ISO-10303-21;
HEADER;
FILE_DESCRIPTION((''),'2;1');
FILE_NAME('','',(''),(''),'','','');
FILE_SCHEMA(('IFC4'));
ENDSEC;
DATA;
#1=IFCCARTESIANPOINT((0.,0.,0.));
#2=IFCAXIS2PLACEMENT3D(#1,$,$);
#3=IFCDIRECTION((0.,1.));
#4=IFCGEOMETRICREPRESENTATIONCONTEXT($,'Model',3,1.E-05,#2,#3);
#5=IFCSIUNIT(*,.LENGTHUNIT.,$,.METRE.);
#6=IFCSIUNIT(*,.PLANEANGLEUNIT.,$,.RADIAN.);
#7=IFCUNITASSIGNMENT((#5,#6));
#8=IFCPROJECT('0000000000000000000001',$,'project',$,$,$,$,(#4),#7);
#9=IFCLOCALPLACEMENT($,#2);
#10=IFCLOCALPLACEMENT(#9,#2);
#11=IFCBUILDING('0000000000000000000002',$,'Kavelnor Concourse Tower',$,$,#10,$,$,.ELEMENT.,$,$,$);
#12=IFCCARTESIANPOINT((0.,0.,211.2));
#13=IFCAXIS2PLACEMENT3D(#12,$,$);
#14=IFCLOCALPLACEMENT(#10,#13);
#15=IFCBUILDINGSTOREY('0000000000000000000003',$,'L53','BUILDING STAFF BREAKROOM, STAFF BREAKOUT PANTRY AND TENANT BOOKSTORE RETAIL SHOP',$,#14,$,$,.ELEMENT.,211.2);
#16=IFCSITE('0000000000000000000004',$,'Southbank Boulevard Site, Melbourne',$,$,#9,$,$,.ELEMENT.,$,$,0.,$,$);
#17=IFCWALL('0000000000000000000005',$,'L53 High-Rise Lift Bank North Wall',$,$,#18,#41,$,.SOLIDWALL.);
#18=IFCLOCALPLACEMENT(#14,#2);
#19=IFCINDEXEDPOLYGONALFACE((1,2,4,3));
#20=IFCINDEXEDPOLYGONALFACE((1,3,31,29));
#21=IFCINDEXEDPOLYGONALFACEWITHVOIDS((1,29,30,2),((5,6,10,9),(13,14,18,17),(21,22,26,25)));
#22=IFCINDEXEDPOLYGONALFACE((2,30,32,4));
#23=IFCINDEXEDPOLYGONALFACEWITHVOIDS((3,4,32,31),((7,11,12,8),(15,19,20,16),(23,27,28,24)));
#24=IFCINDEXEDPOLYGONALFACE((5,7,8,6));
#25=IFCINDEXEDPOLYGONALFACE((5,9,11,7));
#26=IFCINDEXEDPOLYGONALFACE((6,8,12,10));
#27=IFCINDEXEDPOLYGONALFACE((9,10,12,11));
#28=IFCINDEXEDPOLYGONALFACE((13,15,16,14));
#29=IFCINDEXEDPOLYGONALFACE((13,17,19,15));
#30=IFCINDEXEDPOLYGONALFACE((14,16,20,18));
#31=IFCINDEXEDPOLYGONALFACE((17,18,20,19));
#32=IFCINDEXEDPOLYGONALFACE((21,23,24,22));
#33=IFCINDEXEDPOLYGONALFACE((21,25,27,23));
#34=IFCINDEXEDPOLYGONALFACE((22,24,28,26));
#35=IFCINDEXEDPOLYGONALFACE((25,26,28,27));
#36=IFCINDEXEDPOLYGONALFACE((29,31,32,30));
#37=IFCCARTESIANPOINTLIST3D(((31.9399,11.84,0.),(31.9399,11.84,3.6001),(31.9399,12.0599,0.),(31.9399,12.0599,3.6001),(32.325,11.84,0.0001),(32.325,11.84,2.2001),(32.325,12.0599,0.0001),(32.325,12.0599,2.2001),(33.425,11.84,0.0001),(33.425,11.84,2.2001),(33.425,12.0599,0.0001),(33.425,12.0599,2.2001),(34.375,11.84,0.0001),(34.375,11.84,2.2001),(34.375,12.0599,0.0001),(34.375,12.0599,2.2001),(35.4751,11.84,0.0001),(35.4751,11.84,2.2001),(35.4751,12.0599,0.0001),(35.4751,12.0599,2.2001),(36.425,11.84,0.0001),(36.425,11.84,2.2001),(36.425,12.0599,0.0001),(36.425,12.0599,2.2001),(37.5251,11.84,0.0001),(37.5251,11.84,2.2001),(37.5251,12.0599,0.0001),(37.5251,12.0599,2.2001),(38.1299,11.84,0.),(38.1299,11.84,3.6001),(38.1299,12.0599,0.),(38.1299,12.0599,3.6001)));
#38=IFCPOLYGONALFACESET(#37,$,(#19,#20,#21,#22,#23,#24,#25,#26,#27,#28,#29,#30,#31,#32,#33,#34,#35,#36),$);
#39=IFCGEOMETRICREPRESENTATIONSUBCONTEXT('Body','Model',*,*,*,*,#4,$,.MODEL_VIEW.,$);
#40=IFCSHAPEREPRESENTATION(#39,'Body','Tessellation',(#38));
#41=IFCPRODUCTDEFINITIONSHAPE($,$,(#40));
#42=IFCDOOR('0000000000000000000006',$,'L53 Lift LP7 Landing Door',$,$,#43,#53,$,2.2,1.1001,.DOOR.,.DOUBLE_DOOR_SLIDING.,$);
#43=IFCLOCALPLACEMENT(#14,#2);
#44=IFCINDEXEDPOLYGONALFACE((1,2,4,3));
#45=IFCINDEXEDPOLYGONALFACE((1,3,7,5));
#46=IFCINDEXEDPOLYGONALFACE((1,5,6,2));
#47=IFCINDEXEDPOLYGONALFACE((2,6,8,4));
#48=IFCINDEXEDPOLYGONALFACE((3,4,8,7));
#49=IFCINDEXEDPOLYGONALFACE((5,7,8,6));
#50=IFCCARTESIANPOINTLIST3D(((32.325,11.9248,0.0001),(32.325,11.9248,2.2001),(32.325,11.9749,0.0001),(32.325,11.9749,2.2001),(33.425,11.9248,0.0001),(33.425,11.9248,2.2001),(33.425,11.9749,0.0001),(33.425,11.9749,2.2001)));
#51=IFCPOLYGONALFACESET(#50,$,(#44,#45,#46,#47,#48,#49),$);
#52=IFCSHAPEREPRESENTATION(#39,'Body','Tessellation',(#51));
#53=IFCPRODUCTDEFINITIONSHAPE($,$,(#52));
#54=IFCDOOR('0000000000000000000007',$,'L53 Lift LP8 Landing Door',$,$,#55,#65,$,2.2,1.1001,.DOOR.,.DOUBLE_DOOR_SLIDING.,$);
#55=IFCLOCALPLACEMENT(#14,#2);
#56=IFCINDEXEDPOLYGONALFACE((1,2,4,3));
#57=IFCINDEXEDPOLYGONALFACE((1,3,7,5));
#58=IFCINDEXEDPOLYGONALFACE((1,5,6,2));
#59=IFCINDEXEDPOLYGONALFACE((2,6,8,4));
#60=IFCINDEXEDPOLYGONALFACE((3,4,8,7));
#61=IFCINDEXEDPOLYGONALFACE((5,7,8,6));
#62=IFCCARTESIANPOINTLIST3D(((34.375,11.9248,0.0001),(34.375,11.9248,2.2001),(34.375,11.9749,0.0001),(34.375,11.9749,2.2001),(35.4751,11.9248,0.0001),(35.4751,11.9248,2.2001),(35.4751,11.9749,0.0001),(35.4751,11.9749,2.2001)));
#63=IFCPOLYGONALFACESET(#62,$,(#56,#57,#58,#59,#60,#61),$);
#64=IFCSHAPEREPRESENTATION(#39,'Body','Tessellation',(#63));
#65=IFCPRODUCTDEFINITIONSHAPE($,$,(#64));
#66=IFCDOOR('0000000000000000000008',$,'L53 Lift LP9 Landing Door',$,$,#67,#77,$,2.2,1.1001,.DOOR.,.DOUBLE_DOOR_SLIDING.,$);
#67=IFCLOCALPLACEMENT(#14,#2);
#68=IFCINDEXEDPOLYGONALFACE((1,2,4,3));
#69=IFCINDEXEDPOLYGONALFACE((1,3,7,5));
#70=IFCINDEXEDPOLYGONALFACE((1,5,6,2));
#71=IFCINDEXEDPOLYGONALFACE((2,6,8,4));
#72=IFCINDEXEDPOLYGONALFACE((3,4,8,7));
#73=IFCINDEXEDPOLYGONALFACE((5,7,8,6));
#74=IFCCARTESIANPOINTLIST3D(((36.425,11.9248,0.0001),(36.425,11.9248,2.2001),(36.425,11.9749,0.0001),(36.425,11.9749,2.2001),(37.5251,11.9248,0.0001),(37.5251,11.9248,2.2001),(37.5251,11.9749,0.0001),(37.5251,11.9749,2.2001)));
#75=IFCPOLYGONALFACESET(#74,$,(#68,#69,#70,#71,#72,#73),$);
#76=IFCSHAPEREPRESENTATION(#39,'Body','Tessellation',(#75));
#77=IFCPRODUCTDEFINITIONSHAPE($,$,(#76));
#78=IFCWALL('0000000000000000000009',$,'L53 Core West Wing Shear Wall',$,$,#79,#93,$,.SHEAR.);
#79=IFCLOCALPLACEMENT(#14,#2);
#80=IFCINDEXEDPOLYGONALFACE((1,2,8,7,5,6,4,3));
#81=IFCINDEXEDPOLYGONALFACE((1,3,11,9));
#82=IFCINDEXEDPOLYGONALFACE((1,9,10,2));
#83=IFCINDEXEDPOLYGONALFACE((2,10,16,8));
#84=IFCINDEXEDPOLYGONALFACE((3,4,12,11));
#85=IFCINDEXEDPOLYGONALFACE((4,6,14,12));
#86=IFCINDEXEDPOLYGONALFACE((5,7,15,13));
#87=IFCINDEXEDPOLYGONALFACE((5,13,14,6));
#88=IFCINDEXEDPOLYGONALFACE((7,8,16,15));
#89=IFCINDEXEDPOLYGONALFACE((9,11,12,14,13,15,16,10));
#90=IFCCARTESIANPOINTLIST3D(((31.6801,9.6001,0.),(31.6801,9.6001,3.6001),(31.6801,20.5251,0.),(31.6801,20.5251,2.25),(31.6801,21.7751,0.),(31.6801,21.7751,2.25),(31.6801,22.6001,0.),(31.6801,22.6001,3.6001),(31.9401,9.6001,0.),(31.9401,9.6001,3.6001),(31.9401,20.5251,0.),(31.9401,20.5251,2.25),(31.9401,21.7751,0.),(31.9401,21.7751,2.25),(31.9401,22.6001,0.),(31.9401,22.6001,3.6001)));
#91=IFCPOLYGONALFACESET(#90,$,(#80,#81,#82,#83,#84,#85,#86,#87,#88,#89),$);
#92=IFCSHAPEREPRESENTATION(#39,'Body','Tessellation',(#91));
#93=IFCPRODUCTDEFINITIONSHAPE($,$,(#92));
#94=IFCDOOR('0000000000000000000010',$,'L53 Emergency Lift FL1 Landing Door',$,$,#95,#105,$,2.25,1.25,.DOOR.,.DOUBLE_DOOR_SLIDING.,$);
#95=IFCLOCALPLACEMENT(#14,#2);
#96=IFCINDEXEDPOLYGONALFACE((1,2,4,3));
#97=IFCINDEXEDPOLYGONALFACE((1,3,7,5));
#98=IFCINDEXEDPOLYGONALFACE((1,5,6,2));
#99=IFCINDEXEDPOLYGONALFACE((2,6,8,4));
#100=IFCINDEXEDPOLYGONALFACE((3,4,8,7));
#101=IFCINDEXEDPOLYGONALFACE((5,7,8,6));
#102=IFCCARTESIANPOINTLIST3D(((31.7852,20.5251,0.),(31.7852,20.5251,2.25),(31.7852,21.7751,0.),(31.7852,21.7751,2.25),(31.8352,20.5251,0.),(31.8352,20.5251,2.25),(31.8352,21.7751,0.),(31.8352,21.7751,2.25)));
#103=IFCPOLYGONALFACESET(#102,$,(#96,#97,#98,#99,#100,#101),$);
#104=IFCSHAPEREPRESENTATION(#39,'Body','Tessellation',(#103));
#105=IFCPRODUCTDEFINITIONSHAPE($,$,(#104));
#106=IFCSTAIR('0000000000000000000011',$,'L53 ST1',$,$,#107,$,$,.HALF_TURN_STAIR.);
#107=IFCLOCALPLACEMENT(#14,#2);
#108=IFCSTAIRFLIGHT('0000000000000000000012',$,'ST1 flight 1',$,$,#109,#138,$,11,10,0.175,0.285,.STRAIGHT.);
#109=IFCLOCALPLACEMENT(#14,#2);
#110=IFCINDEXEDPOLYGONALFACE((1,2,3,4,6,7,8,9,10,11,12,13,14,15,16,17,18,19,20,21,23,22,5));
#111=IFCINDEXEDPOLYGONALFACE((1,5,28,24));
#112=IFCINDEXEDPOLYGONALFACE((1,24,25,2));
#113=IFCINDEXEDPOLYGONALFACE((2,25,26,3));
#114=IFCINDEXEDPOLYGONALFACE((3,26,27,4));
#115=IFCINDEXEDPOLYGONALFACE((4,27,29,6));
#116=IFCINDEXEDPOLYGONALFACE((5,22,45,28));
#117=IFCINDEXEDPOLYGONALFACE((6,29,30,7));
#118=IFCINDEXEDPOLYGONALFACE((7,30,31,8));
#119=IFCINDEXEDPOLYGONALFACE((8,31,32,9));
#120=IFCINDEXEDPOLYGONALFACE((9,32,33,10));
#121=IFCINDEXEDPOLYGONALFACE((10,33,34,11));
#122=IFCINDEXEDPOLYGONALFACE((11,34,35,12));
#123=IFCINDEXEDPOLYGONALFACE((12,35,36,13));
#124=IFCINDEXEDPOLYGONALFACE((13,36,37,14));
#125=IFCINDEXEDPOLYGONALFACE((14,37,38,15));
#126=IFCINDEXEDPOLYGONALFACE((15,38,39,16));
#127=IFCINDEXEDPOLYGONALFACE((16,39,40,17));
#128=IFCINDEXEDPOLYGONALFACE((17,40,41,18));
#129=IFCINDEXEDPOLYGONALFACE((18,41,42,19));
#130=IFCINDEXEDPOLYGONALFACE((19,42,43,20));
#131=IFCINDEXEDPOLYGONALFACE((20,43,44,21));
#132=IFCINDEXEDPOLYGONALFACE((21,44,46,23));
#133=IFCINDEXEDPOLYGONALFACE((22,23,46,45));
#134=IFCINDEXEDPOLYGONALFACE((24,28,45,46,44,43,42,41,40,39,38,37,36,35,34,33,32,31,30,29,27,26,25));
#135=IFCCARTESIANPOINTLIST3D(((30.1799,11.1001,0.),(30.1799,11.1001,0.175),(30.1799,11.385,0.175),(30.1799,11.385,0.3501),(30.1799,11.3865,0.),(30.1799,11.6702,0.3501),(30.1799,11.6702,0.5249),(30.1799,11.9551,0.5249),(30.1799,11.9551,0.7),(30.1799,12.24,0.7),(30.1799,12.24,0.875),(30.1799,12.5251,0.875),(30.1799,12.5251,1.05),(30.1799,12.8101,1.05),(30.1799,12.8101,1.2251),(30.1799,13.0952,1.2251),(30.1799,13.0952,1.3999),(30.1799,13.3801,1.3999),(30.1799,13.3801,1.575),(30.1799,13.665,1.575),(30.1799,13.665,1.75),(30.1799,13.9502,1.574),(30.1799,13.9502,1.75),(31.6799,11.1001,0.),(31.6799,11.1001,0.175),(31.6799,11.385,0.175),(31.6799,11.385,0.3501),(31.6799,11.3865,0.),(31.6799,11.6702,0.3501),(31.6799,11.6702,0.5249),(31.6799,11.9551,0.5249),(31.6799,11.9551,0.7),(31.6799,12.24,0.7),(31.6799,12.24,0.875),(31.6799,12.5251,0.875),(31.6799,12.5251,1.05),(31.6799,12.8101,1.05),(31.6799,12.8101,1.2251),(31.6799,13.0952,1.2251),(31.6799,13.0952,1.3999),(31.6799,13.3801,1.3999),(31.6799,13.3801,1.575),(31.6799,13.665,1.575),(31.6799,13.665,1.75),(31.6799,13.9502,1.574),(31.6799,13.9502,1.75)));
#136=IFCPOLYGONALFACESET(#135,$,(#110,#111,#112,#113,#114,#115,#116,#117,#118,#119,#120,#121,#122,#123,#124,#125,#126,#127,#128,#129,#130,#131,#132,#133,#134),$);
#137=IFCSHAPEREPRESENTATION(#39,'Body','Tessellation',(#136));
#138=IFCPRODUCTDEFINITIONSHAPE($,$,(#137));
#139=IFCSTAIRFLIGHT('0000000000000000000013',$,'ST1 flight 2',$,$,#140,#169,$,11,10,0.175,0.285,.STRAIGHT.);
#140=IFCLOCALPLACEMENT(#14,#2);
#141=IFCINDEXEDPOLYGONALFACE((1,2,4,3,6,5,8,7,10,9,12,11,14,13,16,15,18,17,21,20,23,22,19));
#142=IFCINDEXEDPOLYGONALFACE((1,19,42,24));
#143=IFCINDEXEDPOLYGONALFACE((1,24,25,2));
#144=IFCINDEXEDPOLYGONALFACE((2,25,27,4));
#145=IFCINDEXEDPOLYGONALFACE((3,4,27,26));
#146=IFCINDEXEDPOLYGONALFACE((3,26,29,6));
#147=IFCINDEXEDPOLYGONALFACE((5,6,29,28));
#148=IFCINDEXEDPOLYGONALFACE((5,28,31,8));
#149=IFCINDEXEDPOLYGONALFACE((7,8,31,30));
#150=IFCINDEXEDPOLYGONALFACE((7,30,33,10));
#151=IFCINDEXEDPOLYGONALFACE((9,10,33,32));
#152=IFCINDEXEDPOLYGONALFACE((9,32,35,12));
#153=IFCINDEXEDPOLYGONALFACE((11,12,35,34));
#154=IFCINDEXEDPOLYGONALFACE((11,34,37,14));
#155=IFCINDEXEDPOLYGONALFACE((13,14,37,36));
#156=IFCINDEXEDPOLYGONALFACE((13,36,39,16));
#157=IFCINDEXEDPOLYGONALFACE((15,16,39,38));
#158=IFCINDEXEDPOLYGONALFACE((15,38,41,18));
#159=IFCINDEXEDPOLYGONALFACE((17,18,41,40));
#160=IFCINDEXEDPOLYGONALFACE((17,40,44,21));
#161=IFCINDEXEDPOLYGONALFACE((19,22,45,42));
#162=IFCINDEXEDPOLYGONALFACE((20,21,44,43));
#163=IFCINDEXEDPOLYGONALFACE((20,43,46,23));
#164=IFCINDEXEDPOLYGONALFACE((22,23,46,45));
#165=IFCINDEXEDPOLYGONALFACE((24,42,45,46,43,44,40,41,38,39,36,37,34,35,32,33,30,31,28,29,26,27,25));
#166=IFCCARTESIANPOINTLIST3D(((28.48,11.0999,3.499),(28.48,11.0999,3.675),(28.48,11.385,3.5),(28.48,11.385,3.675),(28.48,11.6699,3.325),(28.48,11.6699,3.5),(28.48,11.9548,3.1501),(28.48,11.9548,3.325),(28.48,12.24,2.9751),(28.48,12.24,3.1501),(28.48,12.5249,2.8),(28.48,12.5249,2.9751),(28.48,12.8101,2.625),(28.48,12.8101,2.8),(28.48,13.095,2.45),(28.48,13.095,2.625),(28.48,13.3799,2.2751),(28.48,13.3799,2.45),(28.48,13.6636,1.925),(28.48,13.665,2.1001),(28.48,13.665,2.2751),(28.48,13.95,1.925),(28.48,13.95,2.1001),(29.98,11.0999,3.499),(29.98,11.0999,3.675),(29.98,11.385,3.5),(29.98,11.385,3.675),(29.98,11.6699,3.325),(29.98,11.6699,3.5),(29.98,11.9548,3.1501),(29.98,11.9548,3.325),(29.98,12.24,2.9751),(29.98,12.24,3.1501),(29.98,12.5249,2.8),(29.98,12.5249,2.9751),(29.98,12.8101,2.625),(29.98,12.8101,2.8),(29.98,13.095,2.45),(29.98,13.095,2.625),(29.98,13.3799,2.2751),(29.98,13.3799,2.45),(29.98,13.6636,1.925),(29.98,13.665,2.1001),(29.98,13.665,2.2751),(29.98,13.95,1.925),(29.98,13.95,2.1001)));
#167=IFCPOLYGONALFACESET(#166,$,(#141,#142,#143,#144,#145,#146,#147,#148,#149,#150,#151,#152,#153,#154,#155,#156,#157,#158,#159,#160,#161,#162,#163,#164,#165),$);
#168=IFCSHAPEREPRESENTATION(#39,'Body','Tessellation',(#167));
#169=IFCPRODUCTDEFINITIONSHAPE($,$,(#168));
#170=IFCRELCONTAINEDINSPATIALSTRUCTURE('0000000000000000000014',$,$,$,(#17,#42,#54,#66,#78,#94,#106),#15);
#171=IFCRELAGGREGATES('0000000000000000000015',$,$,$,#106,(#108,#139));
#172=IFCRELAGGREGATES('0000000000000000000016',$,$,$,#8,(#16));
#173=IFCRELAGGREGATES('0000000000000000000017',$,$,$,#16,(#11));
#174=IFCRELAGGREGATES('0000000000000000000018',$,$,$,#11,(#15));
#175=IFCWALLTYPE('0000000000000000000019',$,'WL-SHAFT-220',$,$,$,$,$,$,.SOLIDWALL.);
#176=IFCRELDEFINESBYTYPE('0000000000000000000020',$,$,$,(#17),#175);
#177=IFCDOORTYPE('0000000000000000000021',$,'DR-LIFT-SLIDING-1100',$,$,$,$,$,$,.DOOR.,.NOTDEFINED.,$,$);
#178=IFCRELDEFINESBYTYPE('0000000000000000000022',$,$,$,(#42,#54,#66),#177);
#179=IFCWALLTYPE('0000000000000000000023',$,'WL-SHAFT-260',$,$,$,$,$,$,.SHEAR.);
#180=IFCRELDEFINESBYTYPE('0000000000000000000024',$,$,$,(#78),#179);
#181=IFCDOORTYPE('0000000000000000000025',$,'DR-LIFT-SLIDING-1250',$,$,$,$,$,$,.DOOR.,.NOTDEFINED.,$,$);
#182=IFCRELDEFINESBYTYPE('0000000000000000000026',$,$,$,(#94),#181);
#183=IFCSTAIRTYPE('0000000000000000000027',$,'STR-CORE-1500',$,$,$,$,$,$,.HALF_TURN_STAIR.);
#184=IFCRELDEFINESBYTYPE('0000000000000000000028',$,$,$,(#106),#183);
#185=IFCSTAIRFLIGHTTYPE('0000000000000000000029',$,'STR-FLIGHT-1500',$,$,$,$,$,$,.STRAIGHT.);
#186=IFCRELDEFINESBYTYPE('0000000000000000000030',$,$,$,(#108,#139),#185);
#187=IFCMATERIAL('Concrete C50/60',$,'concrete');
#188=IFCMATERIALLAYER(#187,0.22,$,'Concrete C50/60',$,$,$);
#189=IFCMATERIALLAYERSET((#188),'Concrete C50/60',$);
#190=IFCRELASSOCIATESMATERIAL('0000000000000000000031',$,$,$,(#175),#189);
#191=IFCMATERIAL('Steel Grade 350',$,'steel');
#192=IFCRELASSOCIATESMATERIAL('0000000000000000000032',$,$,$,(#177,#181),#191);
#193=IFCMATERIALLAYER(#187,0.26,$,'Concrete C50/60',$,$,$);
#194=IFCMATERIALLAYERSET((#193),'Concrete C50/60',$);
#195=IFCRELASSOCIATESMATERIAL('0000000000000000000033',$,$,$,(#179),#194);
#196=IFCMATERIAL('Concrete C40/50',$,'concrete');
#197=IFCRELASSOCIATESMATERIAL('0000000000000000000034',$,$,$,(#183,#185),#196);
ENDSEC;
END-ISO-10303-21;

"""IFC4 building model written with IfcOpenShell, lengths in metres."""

from ifc_helpers import new_model, si_unit, direction, frame, frame_2d, origin, place, context, subcontext, project, spatial, polyline, rectangle, outline, extrude, material, layer, layer_set, type_object, element, fill, aggregate, save


model = new_model("IFC4")

# Units and contexts
model_context = context("Model", 3, precision=1e-05, world=origin(), true_north=direction((0.0, 1.0)))
body_context = subcontext(model_context, "Body", "Model", "MODEL_VIEW")
ifc_project = project(units=[si_unit("LENGTHUNIT", "METRE"), si_unit("PLANEANGLEUNIT", "RADIAN")], contexts=[model_context])

# Site, building, storey
site_placement = place(None, origin())
site = spatial("IfcSite", under=ifc_project, at=site_placement, Name="Southbank Boulevard Site, Melbourne", CompositionType="ELEMENT", RefElevation=0.0)
building_placement = place(site_placement, origin())
building = spatial("IfcBuilding", under=site, at=building_placement, Name="Kavelnor Concourse Tower", CompositionType="ELEMENT")
storey_placement = place(building_placement, frame((0.0, 0.0, 211.2)))
storey = spatial("IfcBuildingStorey", under=building, at=storey_placement, Name="L53", Description="BUILDING STAFF BREAKROOM, STAFF BREAKOUT PANTRY AND TENANT BOOKSTORE RETAIL SHOP", CompositionType="ELEMENT", Elevation=211.2)

# Shared definitions
ifc_material_1 = material(Name="Steel Grade 350", Category="steel")

# Shared definitions
ifc_material_2 = material(Name="Concrete C50/60", Category="concrete")

# Shared definitions
ifc_layer_1 = layer(ifc_material_2, 0.22, Name="Concrete C50/60")
ifc_layer_set_1 = layer_set([ifc_layer_1], Name="Concrete C50/60")
wall_type_1 = type_object("IfcWallType", Name="WL-SHAFT-220", PredefinedType="SOLIDWALL", material=ifc_layer_set_1)

# Wall, openings, doors
wall_1_placement = place(storey_placement, frame((31.9399, 11.95, 0.0), z_axis=(0.0, 0.0, 1.0), x_axis=(1.0, 0.0, 0.0)))
wall_1 = element("IfcWall", 1, at=wall_1_placement, inside=storey, type_object=wall_type_1, Name="L53 High-Rise Lift Bank North Wall", PredefinedType="SOLIDWALL", context=body_context, shape_type="SweptSolid", body=[
    extrude(rectangle(XDim=6.1899, YDim=0.22, at=frame_2d((3.095, 0.0))), origin(), (0.0, 0.0, 1.0), 3.6001),
])
opening_1_placement = place(wall_1_placement, frame((0.385, 0.0, 0.0)))
opening_1 = element("IfcOpeningElement", 2, at=opening_1_placement, cuts=wall_1, PredefinedType="OPENING", context=body_context, shape_type="SweptSolid", body=[
    extrude(rectangle(XDim=1.1001, YDim=2.2, at=frame_2d((0.55, 1.1001))), frame((0.0, 0.1201, 0.0), z_axis=(0.0, -1.0, 0.0), x_axis=(1.0, 0.0, 0.0)), (0.0, 0.0, 1.0), 0.24),
])
opening_2_placement = place(wall_1_placement, frame((2.4351, 0.0, 0.0)))
opening_2 = element("IfcOpeningElement", 3, at=opening_2_placement, cuts=wall_1, PredefinedType="OPENING", context=body_context, shape_type="SweptSolid", body=[
    extrude(rectangle(XDim=1.1001, YDim=2.2, at=frame_2d((0.55, 1.1001))), frame((0.0, 0.1201, 0.0), z_axis=(0.0, -1.0, 0.0), x_axis=(1.0, 0.0, 0.0)), (0.0, 0.0, 1.0), 0.24),
])
opening_3_placement = place(wall_1_placement, frame((4.4851, 0.0, 0.0)))
opening_3 = element("IfcOpeningElement", 4, at=opening_3_placement, cuts=wall_1, PredefinedType="OPENING", context=body_context, shape_type="SweptSolid", body=[
    extrude(rectangle(XDim=1.1001, YDim=2.2, at=frame_2d((0.55, 1.1001))), frame((0.0, 0.1201, 0.0), z_axis=(0.0, -1.0, 0.0), x_axis=(1.0, 0.0, 0.0)), (0.0, 0.0, 1.0), 0.24),
])
door_type_1 = type_object("IfcDoorType", Name="DR-LIFT-SLIDING-1100", OperationType="NOTDEFINED", PredefinedType="DOOR", material=ifc_material_1)
door_1_placement = place(opening_1_placement, origin())
door_1 = element("IfcDoor", 5, at=door_1_placement, inside=storey, type_object=door_type_1, Name="L53 Lift LP7 Landing Door", OperationType="DOUBLE_DOOR_SLIDING", OverallHeight=2.2, OverallWidth=1.1001, PredefinedType="DOOR", context=body_context, shape_type="SweptSolid", body=[
    extrude(rectangle(XDim=1.1001, YDim=2.2, at=frame_2d((0.55, 1.1001))), frame((0.0, 0.0249, 0.0), z_axis=(0.0, -1.0, 0.0), x_axis=(1.0, 0.0, 0.0)), (0.0, 0.0, 1.0), 0.05),
])
fill(opening_1, door_1)
door_2_placement = place(opening_2_placement, origin())
door_2 = element("IfcDoor", 6, at=door_2_placement, inside=storey, type_object=door_type_1, Name="L53 Lift LP8 Landing Door", OperationType="DOUBLE_DOOR_SLIDING", OverallHeight=2.2, OverallWidth=1.1001, PredefinedType="DOOR", context=body_context, shape_type="SweptSolid", body=[
    extrude(rectangle(XDim=1.1001, YDim=2.2, at=frame_2d((0.55, 1.1001))), frame((0.0, 0.0249, 0.0), z_axis=(0.0, -1.0, 0.0), x_axis=(1.0, 0.0, 0.0)), (0.0, 0.0, 1.0), 0.05),
])
fill(opening_2, door_2)
door_3_placement = place(opening_3_placement, origin())
door_3 = element("IfcDoor", 7, at=door_3_placement, inside=storey, type_object=door_type_1, Name="L53 Lift LP9 Landing Door", OperationType="DOUBLE_DOOR_SLIDING", OverallHeight=2.2, OverallWidth=1.1001, PredefinedType="DOOR", context=body_context, shape_type="SweptSolid", body=[
    extrude(rectangle(XDim=1.1001, YDim=2.2, at=frame_2d((0.55, 1.1001))), frame((0.0, 0.0249, 0.0), z_axis=(0.0, -1.0, 0.0), x_axis=(1.0, 0.0, 0.0)), (0.0, 0.0, 1.0), 0.05),
])
fill(opening_3, door_3)

# Wall, opening, door
ifc_layer_2 = layer(ifc_material_2, 0.26, Name="Concrete C50/60")
ifc_layer_set_2 = layer_set([ifc_layer_2], Name="Concrete C50/60")
wall_type_2 = type_object("IfcWallType", Name="WL-SHAFT-260", PredefinedType="SHEAR", material=ifc_layer_set_2)
wall_2_placement = place(storey_placement, frame((31.8101, 9.6001, 0.0), z_axis=(0.0, 0.0, 1.0), x_axis=(0.0, 1.0, 0.0)))
wall_2 = element("IfcWall", 8, at=wall_2_placement, inside=storey, type_object=wall_type_2, Name="L53 Core West Wing Shear Wall", PredefinedType="SHEAR", context=body_context, shape_type="SweptSolid", body=[
    extrude(rectangle(XDim=13.0, YDim=0.26, at=frame_2d((6.5, 0.0))), origin(), (0.0, 0.0, 1.0), 3.6001),
])
opening_4_placement = place(wall_2_placement, frame((10.925, 0.0, 0.0)))
opening_4 = element("IfcOpeningElement", 9, at=opening_4_placement, cuts=wall_2, PredefinedType="OPENING", context=body_context, shape_type="SweptSolid", body=[
    extrude(rectangle(XDim=1.25, YDim=2.25, at=frame_2d((0.625, 1.125))), frame((0.0, 0.1401, 0.0), z_axis=(0.0, -1.0, 0.0), x_axis=(1.0, 0.0, 0.0)), (0.0, 0.0, 1.0), 0.28),
])
door_type_2 = type_object("IfcDoorType", Name="DR-LIFT-SLIDING-1250", OperationType="NOTDEFINED", PredefinedType="DOOR", material=ifc_material_1)
door_4_placement = place(opening_4_placement, origin())
door_4 = element("IfcDoor", 10, at=door_4_placement, inside=storey, type_object=door_type_2, Name="L53 Emergency Lift FL1 Landing Door", OperationType="DOUBLE_DOOR_SLIDING", OverallHeight=2.25, OverallWidth=1.25, PredefinedType="DOOR", context=body_context, shape_type="SweptSolid", body=[
    extrude(rectangle(XDim=1.25, YDim=2.25, at=frame_2d((0.625, 1.125))), frame((0.0, 0.0249, 0.0), z_axis=(0.0, -1.0, 0.0), x_axis=(1.0, 0.0, 0.0)), (0.0, 0.0, 1.0), 0.05),
])
fill(opening_4, door_4)

# Stair, stair flights
ifc_material_3 = material(Name="Concrete C40/50", Category="concrete")
stair_type = type_object("IfcStairType", Name="STR-CORE-1500", PredefinedType="HALF_TURN_STAIR", material=ifc_material_3)
stair_placement = place(storey_placement, origin())
stair = element("IfcStair", 11, at=stair_placement, inside=storey, type_object=stair_type, Name="L53 ST1", PredefinedType="HALF_TURN_STAIR")
stair_flight_type = type_object("IfcStairFlightType", Name="STR-FLIGHT-1500", PredefinedType="STRAIGHT", material=ifc_material_3)
stair_flight_1_placement = place(storey_placement, frame((30.9299, 11.1001, 0.0), z_axis=(0.0, 0.0, 1.0), x_axis=(0.0, 1.0, 0.0)))
stair_flight_1 = element("IfcStairFlight", 12, at=stair_flight_1_placement, type_object=stair_flight_type, Name="ST1 flight 1", NumberOfRisers=11, NumberOfTreads=10, PredefinedType="STRAIGHT", RiserHeight=0.175, TreadLength=0.285, context=body_context, shape_type="SweptSolid", body=[
    extrude(outline(polyline([(0.0, 0.0), (0.0, 0.175), (0.2849, 0.175), (0.2849, 0.3501), (0.5701, 0.3501), (0.5701, 0.5249), (0.855, 0.5249), (0.855, 0.7), (1.1399, 0.7), (1.1399, 0.875), (1.425, 0.875), (1.425, 1.05), (1.71, 1.05), (1.71, 1.2251), (1.9951, 1.2251), (1.9951, 1.3999), (2.28, 1.3999), (2.28, 1.575), (2.5649, 1.575), (2.5649, 1.75), (2.8501, 1.75), (2.8501, 1.925), (2.8501, 1.574), (0.2864, 0.0), (0.0, 0.0)])), frame((0.0, 0.75, 0.0), z_axis=(0.0, -1.0, 0.0), x_axis=(1.0, 0.0, 0.0)), (0.0, 0.0, 1.0), 1.5),
])
stair_flight_2_placement = place(storey_placement, frame((29.23, 13.95, 1.925), z_axis=(0.0, 0.0, 1.0), x_axis=(0.0, -1.0, 0.0)))
stair_flight_2 = element("IfcStairFlight", 13, at=stair_flight_2_placement, type_object=stair_flight_type, Name="ST1 flight 2", NumberOfRisers=11, NumberOfTreads=10, PredefinedType="STRAIGHT", RiserHeight=0.175, TreadLength=0.285, context=body_context, shape_type="SweptSolid", body=[
    extrude(outline(polyline([(0.0, 0.0), (0.0, 0.175), (0.2849, 0.175), (0.2849, 0.3501), (0.5701, 0.3501), (0.5701, 0.5249), (0.855, 0.5249), (0.855, 0.7), (1.1399, 0.7), (1.1399, 0.875), (1.425, 0.875), (1.425, 1.05), (1.71, 1.05), (1.71, 1.2251), (1.9951, 1.2251), (1.9951, 1.3999), (2.28, 1.3999), (2.28, 1.575), (2.5649, 1.575), (2.5649, 1.75), (2.8501, 1.75), (2.8501, 1.925), (2.8501, 1.574), (0.2864, 0.0), (0.0, 0.0)])), frame((0.0, 0.75, 0.0), z_axis=(0.0, -1.0, 0.0), x_axis=(1.0, 0.0, 0.0)), (0.0, 0.0, 1.0), 1.5),
])
aggregate(stair, [stair_flight_1, stair_flight_2])

save(model, "model.ifc")
